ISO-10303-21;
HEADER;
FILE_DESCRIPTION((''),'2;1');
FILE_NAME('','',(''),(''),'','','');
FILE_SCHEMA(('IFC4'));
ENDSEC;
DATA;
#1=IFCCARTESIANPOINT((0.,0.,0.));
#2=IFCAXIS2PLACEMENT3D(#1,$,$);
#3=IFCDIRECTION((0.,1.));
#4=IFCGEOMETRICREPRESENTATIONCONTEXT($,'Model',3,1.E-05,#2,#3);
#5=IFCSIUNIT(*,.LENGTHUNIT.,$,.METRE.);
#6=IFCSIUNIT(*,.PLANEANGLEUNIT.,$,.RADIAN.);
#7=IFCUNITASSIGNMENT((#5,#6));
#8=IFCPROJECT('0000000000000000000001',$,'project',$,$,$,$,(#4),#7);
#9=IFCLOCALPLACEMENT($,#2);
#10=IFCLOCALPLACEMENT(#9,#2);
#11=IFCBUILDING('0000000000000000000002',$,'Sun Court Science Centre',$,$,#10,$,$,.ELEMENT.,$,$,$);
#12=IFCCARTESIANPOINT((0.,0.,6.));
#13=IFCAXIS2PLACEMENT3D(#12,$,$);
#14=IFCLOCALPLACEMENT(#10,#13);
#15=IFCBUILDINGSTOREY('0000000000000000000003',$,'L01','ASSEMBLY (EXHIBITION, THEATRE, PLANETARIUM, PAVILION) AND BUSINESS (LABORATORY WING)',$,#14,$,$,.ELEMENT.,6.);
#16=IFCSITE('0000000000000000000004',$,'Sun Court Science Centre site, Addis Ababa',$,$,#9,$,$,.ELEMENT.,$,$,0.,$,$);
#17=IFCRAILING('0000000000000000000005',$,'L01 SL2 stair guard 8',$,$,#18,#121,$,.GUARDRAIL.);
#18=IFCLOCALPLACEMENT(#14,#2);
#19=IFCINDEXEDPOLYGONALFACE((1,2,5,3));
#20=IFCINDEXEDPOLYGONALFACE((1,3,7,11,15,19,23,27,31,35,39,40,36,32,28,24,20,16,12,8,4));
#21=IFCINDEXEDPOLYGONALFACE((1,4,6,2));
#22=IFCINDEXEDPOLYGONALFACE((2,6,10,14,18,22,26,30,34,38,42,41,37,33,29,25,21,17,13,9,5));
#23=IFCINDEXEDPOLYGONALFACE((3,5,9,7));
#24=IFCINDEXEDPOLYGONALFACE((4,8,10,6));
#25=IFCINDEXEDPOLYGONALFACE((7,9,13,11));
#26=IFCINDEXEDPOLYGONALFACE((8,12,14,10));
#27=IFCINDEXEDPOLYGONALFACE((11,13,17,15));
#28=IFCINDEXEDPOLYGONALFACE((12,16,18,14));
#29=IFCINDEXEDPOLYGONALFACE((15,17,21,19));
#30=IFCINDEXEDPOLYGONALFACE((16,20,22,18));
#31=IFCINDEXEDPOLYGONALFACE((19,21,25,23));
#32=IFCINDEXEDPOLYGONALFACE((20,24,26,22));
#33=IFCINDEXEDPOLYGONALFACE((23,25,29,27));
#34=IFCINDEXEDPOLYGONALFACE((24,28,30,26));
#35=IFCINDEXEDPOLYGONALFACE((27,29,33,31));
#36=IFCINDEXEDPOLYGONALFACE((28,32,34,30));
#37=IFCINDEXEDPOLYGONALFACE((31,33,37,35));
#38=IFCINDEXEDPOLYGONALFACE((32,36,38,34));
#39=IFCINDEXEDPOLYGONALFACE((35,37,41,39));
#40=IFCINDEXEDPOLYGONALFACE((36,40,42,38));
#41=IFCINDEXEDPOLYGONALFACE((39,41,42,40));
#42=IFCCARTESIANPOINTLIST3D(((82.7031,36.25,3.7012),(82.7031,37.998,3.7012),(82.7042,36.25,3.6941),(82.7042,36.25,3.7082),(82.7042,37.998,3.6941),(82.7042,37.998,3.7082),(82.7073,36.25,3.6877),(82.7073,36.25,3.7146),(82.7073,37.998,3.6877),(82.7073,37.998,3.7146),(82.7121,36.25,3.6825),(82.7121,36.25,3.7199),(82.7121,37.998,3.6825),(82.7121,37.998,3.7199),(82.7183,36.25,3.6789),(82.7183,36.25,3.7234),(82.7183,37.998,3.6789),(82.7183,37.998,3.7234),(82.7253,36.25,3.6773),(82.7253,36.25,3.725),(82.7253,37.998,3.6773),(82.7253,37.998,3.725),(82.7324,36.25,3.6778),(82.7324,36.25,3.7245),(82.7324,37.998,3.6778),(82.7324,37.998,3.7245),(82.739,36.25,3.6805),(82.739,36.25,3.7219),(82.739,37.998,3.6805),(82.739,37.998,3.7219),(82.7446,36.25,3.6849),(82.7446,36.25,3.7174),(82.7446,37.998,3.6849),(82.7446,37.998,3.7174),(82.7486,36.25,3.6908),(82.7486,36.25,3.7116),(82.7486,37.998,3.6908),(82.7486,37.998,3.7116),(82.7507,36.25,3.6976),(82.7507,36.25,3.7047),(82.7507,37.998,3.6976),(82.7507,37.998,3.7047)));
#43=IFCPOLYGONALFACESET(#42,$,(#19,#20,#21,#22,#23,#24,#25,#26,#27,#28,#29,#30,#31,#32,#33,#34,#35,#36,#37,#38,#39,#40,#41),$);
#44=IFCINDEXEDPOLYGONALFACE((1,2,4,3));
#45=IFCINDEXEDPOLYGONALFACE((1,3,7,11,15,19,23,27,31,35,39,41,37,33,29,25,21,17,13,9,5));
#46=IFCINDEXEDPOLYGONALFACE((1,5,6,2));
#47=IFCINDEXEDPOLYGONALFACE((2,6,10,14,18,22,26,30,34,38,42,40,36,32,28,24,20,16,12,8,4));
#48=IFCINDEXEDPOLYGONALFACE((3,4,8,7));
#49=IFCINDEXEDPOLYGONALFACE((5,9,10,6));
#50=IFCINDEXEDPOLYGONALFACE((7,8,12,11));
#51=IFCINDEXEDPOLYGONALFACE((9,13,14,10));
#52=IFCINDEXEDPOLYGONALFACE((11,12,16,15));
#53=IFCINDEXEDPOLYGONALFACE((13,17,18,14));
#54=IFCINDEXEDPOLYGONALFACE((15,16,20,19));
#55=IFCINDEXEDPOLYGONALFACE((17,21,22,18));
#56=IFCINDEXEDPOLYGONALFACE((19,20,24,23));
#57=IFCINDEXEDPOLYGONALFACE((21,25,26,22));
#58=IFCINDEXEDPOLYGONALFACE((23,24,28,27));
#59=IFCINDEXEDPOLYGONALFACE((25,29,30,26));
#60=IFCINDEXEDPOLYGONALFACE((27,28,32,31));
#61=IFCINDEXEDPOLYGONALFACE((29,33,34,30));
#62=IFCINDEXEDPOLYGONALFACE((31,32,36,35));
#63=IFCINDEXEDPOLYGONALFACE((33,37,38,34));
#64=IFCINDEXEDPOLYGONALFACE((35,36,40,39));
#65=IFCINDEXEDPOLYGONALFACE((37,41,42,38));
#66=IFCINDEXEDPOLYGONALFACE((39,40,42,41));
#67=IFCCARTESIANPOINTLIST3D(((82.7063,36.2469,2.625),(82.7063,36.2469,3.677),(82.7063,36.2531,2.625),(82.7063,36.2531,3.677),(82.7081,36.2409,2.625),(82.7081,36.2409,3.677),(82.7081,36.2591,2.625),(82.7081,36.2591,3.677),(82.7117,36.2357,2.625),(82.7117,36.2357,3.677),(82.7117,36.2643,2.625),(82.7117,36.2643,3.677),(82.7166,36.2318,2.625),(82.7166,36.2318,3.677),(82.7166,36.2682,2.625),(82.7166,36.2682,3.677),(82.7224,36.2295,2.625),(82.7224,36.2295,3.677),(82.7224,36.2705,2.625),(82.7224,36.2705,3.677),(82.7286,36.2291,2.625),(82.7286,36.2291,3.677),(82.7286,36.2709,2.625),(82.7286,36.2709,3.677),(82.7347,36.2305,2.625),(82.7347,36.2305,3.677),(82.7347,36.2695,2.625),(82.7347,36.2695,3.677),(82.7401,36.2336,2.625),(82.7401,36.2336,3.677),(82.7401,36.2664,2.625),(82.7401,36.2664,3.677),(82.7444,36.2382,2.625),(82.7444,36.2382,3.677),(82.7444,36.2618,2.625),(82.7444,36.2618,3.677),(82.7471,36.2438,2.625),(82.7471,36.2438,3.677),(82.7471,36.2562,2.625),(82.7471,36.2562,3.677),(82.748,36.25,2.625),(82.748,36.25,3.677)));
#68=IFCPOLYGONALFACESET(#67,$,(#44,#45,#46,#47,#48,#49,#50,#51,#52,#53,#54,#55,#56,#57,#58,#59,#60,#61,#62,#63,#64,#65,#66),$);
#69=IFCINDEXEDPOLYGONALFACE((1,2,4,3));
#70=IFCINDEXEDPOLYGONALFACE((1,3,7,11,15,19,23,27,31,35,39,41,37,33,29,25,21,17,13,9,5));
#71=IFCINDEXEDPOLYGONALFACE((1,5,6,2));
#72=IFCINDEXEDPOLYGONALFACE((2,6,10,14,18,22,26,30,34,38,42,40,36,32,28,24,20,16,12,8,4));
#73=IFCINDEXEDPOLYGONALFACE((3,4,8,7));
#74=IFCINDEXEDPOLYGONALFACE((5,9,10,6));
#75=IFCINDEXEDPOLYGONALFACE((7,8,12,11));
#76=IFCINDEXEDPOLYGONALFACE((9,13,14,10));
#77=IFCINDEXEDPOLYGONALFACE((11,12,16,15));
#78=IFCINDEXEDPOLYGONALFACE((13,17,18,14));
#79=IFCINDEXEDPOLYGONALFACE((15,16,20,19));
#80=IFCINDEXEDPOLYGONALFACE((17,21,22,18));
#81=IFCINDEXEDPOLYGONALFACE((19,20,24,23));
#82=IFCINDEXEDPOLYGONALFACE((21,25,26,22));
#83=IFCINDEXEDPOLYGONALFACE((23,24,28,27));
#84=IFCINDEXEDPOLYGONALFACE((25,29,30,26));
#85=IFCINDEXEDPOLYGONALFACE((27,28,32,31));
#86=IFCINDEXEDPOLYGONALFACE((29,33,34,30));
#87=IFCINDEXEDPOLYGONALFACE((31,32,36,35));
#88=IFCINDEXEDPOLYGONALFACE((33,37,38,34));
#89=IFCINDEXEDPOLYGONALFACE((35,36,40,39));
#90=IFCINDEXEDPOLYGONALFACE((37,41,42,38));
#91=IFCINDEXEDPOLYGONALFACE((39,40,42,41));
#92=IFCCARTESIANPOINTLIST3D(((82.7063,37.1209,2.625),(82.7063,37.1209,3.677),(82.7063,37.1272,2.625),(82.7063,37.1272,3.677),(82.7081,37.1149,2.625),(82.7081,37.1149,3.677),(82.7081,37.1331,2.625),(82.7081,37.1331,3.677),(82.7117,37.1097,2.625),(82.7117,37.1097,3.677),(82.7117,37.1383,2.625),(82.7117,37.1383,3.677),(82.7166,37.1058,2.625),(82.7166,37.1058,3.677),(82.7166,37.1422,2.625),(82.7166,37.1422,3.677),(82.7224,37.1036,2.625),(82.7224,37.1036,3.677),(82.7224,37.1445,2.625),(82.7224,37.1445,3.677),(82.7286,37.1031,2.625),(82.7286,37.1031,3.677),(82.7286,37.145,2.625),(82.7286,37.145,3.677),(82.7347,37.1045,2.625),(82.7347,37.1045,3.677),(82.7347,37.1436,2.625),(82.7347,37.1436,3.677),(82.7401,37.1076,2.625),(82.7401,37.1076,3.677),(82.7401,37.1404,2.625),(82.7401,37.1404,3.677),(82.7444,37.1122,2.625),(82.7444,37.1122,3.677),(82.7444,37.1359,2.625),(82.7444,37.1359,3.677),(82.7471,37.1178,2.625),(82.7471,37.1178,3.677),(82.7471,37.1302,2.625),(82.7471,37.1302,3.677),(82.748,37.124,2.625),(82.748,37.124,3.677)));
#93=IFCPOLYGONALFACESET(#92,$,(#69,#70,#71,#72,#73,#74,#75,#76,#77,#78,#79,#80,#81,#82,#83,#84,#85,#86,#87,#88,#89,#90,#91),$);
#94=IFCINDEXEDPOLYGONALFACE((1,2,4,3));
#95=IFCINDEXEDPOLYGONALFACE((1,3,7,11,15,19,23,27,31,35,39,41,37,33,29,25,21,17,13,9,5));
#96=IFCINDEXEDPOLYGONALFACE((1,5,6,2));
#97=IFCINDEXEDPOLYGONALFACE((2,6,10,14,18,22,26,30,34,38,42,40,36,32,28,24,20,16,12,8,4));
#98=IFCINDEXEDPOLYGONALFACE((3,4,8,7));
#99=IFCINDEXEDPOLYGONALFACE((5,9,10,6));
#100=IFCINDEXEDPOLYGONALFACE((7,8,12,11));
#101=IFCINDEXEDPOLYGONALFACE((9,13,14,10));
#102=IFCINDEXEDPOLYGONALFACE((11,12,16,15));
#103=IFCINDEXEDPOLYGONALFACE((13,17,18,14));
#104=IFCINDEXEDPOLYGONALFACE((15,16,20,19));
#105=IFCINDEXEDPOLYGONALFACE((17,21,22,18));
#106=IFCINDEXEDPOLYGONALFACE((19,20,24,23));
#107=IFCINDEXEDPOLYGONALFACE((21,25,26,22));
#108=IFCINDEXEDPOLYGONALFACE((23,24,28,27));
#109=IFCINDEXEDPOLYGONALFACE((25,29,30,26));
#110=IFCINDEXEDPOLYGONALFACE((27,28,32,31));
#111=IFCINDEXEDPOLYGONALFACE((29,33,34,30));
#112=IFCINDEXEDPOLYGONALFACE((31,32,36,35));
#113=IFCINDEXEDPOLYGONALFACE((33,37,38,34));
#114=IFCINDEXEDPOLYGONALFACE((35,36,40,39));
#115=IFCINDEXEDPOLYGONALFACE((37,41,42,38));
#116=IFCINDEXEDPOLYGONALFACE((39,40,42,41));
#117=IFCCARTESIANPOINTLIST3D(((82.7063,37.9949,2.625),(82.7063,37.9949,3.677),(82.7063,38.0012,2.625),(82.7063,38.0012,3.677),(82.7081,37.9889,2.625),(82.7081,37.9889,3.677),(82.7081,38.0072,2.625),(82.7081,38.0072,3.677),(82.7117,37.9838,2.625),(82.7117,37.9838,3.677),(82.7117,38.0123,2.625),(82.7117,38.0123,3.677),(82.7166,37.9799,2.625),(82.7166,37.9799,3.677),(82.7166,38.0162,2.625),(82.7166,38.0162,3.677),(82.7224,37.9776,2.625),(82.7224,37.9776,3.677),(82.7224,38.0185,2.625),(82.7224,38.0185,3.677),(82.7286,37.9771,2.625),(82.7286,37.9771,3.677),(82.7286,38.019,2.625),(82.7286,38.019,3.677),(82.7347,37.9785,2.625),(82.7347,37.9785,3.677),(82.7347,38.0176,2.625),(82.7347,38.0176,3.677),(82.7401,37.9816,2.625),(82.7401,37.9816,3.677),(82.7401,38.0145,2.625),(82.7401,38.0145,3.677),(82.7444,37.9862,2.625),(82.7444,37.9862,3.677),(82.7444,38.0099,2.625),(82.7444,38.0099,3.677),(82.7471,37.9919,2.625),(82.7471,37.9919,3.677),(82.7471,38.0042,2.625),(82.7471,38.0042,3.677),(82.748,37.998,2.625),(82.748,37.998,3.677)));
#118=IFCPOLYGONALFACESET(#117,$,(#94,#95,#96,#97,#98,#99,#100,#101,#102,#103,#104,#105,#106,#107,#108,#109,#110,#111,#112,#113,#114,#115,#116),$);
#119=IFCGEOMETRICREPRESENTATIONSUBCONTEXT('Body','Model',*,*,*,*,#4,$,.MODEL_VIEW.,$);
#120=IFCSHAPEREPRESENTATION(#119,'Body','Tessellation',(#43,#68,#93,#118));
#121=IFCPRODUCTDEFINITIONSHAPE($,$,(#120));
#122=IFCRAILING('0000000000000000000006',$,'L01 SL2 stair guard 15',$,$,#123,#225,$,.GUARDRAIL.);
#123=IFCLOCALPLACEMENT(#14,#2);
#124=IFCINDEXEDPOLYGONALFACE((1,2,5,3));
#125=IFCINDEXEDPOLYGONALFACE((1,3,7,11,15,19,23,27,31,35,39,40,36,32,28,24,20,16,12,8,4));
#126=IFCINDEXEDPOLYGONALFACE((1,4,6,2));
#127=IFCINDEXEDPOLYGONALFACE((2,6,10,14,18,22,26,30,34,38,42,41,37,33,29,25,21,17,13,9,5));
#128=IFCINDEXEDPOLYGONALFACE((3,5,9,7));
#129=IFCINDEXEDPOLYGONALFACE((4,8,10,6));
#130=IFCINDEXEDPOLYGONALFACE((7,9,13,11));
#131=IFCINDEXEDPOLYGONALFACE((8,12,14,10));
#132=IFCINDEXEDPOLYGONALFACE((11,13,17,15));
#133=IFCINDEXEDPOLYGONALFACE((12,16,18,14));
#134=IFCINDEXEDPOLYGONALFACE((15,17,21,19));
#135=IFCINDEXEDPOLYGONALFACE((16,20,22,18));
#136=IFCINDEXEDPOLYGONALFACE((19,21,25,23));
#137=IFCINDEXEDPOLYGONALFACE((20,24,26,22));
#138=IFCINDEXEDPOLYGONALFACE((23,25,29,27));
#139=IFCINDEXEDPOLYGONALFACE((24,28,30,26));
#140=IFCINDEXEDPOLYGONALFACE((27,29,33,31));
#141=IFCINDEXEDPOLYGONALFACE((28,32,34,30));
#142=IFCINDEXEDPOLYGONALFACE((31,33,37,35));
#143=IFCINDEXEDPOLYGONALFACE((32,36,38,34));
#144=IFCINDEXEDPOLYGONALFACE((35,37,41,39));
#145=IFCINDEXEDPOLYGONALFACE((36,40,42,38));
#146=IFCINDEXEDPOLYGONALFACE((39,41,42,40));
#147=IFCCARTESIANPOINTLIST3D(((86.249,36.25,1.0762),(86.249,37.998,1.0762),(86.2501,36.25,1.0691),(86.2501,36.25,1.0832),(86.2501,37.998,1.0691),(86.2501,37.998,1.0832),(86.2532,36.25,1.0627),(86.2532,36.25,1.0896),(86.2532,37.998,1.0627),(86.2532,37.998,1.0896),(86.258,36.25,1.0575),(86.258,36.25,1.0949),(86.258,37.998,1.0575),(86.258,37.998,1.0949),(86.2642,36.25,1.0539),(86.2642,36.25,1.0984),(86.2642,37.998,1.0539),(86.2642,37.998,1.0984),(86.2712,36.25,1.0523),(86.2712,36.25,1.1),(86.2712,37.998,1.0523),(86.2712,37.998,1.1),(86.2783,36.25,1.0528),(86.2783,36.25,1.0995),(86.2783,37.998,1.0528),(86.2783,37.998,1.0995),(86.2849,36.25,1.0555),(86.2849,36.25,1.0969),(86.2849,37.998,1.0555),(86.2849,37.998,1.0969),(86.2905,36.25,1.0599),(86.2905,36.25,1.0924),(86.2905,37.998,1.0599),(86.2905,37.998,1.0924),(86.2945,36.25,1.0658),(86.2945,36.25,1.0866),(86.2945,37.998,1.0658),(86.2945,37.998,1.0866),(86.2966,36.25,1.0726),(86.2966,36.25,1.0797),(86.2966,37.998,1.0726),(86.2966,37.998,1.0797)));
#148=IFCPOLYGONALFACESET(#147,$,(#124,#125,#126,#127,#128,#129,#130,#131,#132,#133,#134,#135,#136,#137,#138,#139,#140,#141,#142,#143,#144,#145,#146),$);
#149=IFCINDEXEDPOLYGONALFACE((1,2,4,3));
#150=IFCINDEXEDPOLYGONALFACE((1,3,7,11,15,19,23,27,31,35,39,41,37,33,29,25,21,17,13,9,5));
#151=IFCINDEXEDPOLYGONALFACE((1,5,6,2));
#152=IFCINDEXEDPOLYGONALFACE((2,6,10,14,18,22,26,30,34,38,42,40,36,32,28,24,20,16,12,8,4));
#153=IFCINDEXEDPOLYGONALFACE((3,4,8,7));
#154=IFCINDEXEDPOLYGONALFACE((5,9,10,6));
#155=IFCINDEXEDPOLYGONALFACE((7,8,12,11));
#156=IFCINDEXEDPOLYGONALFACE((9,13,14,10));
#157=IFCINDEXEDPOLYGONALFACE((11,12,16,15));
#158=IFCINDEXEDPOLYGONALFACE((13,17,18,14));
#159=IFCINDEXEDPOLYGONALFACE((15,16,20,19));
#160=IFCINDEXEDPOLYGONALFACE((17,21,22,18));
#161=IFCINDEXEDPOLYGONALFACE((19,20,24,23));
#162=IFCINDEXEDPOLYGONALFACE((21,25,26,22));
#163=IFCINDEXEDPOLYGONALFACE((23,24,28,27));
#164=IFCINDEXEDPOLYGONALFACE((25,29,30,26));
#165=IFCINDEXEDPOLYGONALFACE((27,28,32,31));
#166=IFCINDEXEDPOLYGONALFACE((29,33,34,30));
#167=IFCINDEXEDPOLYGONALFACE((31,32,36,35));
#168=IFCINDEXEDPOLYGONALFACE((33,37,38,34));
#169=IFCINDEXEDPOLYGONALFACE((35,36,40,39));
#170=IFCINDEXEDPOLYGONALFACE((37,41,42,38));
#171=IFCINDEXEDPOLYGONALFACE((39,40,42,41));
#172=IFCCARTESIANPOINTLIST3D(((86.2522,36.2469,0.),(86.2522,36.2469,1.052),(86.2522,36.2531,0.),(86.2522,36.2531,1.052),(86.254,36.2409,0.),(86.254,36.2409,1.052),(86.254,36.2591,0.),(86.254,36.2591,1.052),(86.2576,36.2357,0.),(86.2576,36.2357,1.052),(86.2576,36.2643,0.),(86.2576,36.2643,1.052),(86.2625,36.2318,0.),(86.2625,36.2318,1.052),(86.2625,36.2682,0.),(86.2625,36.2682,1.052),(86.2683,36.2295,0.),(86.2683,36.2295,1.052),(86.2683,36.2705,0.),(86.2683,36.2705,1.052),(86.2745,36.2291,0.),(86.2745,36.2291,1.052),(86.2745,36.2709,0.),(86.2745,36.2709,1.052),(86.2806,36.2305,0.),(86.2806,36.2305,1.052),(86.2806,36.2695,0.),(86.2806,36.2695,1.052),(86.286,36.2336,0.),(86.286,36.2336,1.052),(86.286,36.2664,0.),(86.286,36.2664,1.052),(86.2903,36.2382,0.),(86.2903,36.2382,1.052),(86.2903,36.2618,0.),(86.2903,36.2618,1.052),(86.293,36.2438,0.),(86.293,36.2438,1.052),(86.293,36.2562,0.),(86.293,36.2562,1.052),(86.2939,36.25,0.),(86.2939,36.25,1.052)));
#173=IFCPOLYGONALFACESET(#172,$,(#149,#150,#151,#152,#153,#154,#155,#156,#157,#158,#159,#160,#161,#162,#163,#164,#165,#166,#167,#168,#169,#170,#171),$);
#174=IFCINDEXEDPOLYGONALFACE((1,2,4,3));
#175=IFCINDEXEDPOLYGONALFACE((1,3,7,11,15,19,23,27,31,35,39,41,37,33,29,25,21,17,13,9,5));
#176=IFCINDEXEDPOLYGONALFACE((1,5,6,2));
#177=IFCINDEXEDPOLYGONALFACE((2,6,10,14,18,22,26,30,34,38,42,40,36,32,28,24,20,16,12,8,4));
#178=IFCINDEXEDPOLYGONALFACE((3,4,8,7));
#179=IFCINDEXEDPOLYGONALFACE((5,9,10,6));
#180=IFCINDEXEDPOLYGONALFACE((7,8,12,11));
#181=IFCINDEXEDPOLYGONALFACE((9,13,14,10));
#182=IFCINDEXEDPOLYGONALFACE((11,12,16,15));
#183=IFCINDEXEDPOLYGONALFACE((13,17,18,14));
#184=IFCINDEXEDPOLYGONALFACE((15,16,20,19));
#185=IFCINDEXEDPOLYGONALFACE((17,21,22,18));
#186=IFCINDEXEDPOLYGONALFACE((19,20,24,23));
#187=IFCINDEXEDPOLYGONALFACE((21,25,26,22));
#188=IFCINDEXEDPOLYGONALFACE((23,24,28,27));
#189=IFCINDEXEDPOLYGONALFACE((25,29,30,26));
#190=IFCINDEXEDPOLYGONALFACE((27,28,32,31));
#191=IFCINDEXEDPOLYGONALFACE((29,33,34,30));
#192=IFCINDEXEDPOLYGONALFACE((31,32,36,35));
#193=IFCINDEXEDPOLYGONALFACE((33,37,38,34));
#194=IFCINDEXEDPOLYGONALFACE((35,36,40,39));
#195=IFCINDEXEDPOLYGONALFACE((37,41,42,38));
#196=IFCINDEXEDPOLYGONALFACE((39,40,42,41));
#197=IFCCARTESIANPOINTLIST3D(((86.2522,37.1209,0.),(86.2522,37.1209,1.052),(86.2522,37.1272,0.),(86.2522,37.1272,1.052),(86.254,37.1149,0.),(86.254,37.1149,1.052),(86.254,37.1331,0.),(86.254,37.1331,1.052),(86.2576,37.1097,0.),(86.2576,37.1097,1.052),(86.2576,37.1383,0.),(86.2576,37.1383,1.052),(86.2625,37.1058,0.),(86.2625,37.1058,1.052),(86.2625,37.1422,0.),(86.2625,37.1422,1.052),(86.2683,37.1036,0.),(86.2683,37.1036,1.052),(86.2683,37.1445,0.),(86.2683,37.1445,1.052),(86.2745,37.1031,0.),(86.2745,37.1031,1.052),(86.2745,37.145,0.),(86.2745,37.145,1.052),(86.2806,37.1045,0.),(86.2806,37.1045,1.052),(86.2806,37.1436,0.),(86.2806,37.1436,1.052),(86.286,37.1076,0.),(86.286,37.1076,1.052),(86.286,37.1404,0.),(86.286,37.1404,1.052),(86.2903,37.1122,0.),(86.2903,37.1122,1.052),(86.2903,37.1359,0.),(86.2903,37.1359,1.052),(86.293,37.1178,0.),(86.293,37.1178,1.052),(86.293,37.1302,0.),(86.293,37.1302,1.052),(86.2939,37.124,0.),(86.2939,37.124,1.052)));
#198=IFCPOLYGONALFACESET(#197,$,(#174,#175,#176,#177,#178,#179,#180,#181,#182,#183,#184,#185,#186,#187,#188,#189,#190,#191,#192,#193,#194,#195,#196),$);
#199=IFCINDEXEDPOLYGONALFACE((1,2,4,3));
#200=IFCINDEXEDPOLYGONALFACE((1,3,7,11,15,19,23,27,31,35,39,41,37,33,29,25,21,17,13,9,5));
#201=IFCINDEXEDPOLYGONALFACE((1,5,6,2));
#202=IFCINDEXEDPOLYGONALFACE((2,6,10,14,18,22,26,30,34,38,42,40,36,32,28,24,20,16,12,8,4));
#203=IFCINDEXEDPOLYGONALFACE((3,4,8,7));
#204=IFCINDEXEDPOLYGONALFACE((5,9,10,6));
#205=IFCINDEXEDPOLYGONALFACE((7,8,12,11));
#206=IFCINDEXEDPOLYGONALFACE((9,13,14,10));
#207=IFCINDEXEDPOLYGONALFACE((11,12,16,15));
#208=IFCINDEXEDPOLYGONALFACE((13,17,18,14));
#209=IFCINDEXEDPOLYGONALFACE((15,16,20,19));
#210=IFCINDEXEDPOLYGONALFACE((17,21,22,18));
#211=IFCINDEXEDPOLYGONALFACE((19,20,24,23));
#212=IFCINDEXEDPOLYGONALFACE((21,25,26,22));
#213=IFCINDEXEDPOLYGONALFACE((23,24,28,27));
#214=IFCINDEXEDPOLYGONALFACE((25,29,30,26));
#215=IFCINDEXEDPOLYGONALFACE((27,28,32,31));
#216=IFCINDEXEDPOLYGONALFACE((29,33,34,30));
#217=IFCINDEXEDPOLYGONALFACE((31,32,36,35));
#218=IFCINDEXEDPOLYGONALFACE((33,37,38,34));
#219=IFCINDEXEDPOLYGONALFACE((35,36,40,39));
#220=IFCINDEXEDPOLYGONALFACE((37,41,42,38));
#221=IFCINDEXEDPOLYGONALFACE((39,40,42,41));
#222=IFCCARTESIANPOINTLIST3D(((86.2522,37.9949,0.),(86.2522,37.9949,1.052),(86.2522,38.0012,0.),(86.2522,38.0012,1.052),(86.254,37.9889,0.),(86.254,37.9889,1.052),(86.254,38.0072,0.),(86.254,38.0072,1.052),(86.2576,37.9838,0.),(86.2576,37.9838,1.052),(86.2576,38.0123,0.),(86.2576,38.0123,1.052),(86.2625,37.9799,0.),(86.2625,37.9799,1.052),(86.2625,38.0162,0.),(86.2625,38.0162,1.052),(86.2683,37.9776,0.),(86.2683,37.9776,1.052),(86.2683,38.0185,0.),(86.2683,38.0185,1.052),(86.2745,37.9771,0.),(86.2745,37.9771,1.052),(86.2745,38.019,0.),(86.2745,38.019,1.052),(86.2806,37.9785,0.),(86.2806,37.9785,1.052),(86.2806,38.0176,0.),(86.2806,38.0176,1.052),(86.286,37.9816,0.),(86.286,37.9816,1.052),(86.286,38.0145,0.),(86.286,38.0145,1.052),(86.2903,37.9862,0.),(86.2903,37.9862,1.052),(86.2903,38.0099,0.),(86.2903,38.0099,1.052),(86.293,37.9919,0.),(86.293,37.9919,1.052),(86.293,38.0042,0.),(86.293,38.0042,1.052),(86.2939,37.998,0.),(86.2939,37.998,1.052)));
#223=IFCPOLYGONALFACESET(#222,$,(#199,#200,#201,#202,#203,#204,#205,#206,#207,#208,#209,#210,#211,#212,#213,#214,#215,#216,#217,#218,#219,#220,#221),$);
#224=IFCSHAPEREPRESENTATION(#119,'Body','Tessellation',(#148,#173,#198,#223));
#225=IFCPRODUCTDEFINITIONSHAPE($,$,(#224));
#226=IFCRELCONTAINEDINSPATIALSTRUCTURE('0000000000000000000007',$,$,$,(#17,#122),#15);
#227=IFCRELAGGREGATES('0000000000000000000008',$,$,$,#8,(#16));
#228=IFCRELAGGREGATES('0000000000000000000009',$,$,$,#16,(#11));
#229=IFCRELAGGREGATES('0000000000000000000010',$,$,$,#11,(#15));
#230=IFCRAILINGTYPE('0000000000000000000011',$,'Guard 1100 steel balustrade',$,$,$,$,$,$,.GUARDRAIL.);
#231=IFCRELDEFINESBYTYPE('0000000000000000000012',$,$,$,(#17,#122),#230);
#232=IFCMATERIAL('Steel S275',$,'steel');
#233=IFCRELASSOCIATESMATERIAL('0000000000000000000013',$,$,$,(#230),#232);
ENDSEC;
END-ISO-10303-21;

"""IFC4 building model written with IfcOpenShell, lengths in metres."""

from ifc_helpers import new_model, si_unit, direction, frame, origin, origin_2d, place, context, subcontext, project, spatial, circle, extrude, material, type_object, element, save


model = new_model("IFC4")

# Units and contexts
model_context = context("Model", 3, precision=1e-05, world=origin(), true_north=direction((0.0, 1.0)))
body_context = subcontext(model_context, "Body", "Model", "MODEL_VIEW")
ifc_project = project(units=[si_unit("LENGTHUNIT", "METRE"), si_unit("PLANEANGLEUNIT", "RADIAN")], contexts=[model_context])

# Site, building, storey
site_placement = place(None, origin())
site = spatial("IfcSite", under=ifc_project, at=site_placement, Name="Sun Court Science Centre site, Addis Ababa", CompositionType="ELEMENT", RefElevation=0.0)
building_placement = place(site_placement, origin())
building = spatial("IfcBuilding", under=site, at=building_placement, Name="Sun Court Science Centre", CompositionType="ELEMENT")
storey_placement = place(building_placement, frame((0.0, 0.0, 6.0)))
storey = spatial("IfcBuildingStorey", under=building, at=storey_placement, Name="L01", Description="ASSEMBLY (EXHIBITION, THEATRE, PLANETARIUM, PAVILION) AND BUSINESS (LABORATORY WING)", CompositionType="ELEMENT", Elevation=6.0)

# Railings
ifc_material_1 = material(Name="Steel S275", Category="steel")
railing_type = type_object("IfcRailingType", Name="Guard 1100 steel balustrade", PredefinedType="GUARDRAIL", material=ifc_material_1)
for number, where, name in (
    (1, (82.7271, 36.25, 2.625), "L01 SL2 stair guard 8"),
    (2, (86.2729, 36.25, 0.0), "L01 SL2 stair guard 15"),
):
    element("IfcRailing", number, at=place(storey_placement, frame(where)), inside=storey, type_object=railing_type, Name=name, PredefinedType="GUARDRAIL", context=body_context, shape_type="SweptSolid", body=[
        extrude(circle(Radius=0.0239, at=origin_2d()), frame((0.0, 0.0, 1.0762), z_axis=(0.0, 1.0, 0.0), x_axis=(-1.0, 0.0, 0.0)), (0.0, 0.0, 1.0), 1.748),
        extrude(circle(Radius=0.021, at=origin_2d()), origin(), (0.0, 0.0, 1.0), 1.052),
        extrude(circle(Radius=0.021, at=origin_2d()), frame((0.0, 0.874, 0.0)), (0.0, 0.0, 1.0), 1.052),
        extrude(circle(Radius=0.021, at=origin_2d()), frame((0.0, 1.748, 0.0)), (0.0, 0.0, 1.0), 1.052),
    ])

save(model, "model.ifc")
